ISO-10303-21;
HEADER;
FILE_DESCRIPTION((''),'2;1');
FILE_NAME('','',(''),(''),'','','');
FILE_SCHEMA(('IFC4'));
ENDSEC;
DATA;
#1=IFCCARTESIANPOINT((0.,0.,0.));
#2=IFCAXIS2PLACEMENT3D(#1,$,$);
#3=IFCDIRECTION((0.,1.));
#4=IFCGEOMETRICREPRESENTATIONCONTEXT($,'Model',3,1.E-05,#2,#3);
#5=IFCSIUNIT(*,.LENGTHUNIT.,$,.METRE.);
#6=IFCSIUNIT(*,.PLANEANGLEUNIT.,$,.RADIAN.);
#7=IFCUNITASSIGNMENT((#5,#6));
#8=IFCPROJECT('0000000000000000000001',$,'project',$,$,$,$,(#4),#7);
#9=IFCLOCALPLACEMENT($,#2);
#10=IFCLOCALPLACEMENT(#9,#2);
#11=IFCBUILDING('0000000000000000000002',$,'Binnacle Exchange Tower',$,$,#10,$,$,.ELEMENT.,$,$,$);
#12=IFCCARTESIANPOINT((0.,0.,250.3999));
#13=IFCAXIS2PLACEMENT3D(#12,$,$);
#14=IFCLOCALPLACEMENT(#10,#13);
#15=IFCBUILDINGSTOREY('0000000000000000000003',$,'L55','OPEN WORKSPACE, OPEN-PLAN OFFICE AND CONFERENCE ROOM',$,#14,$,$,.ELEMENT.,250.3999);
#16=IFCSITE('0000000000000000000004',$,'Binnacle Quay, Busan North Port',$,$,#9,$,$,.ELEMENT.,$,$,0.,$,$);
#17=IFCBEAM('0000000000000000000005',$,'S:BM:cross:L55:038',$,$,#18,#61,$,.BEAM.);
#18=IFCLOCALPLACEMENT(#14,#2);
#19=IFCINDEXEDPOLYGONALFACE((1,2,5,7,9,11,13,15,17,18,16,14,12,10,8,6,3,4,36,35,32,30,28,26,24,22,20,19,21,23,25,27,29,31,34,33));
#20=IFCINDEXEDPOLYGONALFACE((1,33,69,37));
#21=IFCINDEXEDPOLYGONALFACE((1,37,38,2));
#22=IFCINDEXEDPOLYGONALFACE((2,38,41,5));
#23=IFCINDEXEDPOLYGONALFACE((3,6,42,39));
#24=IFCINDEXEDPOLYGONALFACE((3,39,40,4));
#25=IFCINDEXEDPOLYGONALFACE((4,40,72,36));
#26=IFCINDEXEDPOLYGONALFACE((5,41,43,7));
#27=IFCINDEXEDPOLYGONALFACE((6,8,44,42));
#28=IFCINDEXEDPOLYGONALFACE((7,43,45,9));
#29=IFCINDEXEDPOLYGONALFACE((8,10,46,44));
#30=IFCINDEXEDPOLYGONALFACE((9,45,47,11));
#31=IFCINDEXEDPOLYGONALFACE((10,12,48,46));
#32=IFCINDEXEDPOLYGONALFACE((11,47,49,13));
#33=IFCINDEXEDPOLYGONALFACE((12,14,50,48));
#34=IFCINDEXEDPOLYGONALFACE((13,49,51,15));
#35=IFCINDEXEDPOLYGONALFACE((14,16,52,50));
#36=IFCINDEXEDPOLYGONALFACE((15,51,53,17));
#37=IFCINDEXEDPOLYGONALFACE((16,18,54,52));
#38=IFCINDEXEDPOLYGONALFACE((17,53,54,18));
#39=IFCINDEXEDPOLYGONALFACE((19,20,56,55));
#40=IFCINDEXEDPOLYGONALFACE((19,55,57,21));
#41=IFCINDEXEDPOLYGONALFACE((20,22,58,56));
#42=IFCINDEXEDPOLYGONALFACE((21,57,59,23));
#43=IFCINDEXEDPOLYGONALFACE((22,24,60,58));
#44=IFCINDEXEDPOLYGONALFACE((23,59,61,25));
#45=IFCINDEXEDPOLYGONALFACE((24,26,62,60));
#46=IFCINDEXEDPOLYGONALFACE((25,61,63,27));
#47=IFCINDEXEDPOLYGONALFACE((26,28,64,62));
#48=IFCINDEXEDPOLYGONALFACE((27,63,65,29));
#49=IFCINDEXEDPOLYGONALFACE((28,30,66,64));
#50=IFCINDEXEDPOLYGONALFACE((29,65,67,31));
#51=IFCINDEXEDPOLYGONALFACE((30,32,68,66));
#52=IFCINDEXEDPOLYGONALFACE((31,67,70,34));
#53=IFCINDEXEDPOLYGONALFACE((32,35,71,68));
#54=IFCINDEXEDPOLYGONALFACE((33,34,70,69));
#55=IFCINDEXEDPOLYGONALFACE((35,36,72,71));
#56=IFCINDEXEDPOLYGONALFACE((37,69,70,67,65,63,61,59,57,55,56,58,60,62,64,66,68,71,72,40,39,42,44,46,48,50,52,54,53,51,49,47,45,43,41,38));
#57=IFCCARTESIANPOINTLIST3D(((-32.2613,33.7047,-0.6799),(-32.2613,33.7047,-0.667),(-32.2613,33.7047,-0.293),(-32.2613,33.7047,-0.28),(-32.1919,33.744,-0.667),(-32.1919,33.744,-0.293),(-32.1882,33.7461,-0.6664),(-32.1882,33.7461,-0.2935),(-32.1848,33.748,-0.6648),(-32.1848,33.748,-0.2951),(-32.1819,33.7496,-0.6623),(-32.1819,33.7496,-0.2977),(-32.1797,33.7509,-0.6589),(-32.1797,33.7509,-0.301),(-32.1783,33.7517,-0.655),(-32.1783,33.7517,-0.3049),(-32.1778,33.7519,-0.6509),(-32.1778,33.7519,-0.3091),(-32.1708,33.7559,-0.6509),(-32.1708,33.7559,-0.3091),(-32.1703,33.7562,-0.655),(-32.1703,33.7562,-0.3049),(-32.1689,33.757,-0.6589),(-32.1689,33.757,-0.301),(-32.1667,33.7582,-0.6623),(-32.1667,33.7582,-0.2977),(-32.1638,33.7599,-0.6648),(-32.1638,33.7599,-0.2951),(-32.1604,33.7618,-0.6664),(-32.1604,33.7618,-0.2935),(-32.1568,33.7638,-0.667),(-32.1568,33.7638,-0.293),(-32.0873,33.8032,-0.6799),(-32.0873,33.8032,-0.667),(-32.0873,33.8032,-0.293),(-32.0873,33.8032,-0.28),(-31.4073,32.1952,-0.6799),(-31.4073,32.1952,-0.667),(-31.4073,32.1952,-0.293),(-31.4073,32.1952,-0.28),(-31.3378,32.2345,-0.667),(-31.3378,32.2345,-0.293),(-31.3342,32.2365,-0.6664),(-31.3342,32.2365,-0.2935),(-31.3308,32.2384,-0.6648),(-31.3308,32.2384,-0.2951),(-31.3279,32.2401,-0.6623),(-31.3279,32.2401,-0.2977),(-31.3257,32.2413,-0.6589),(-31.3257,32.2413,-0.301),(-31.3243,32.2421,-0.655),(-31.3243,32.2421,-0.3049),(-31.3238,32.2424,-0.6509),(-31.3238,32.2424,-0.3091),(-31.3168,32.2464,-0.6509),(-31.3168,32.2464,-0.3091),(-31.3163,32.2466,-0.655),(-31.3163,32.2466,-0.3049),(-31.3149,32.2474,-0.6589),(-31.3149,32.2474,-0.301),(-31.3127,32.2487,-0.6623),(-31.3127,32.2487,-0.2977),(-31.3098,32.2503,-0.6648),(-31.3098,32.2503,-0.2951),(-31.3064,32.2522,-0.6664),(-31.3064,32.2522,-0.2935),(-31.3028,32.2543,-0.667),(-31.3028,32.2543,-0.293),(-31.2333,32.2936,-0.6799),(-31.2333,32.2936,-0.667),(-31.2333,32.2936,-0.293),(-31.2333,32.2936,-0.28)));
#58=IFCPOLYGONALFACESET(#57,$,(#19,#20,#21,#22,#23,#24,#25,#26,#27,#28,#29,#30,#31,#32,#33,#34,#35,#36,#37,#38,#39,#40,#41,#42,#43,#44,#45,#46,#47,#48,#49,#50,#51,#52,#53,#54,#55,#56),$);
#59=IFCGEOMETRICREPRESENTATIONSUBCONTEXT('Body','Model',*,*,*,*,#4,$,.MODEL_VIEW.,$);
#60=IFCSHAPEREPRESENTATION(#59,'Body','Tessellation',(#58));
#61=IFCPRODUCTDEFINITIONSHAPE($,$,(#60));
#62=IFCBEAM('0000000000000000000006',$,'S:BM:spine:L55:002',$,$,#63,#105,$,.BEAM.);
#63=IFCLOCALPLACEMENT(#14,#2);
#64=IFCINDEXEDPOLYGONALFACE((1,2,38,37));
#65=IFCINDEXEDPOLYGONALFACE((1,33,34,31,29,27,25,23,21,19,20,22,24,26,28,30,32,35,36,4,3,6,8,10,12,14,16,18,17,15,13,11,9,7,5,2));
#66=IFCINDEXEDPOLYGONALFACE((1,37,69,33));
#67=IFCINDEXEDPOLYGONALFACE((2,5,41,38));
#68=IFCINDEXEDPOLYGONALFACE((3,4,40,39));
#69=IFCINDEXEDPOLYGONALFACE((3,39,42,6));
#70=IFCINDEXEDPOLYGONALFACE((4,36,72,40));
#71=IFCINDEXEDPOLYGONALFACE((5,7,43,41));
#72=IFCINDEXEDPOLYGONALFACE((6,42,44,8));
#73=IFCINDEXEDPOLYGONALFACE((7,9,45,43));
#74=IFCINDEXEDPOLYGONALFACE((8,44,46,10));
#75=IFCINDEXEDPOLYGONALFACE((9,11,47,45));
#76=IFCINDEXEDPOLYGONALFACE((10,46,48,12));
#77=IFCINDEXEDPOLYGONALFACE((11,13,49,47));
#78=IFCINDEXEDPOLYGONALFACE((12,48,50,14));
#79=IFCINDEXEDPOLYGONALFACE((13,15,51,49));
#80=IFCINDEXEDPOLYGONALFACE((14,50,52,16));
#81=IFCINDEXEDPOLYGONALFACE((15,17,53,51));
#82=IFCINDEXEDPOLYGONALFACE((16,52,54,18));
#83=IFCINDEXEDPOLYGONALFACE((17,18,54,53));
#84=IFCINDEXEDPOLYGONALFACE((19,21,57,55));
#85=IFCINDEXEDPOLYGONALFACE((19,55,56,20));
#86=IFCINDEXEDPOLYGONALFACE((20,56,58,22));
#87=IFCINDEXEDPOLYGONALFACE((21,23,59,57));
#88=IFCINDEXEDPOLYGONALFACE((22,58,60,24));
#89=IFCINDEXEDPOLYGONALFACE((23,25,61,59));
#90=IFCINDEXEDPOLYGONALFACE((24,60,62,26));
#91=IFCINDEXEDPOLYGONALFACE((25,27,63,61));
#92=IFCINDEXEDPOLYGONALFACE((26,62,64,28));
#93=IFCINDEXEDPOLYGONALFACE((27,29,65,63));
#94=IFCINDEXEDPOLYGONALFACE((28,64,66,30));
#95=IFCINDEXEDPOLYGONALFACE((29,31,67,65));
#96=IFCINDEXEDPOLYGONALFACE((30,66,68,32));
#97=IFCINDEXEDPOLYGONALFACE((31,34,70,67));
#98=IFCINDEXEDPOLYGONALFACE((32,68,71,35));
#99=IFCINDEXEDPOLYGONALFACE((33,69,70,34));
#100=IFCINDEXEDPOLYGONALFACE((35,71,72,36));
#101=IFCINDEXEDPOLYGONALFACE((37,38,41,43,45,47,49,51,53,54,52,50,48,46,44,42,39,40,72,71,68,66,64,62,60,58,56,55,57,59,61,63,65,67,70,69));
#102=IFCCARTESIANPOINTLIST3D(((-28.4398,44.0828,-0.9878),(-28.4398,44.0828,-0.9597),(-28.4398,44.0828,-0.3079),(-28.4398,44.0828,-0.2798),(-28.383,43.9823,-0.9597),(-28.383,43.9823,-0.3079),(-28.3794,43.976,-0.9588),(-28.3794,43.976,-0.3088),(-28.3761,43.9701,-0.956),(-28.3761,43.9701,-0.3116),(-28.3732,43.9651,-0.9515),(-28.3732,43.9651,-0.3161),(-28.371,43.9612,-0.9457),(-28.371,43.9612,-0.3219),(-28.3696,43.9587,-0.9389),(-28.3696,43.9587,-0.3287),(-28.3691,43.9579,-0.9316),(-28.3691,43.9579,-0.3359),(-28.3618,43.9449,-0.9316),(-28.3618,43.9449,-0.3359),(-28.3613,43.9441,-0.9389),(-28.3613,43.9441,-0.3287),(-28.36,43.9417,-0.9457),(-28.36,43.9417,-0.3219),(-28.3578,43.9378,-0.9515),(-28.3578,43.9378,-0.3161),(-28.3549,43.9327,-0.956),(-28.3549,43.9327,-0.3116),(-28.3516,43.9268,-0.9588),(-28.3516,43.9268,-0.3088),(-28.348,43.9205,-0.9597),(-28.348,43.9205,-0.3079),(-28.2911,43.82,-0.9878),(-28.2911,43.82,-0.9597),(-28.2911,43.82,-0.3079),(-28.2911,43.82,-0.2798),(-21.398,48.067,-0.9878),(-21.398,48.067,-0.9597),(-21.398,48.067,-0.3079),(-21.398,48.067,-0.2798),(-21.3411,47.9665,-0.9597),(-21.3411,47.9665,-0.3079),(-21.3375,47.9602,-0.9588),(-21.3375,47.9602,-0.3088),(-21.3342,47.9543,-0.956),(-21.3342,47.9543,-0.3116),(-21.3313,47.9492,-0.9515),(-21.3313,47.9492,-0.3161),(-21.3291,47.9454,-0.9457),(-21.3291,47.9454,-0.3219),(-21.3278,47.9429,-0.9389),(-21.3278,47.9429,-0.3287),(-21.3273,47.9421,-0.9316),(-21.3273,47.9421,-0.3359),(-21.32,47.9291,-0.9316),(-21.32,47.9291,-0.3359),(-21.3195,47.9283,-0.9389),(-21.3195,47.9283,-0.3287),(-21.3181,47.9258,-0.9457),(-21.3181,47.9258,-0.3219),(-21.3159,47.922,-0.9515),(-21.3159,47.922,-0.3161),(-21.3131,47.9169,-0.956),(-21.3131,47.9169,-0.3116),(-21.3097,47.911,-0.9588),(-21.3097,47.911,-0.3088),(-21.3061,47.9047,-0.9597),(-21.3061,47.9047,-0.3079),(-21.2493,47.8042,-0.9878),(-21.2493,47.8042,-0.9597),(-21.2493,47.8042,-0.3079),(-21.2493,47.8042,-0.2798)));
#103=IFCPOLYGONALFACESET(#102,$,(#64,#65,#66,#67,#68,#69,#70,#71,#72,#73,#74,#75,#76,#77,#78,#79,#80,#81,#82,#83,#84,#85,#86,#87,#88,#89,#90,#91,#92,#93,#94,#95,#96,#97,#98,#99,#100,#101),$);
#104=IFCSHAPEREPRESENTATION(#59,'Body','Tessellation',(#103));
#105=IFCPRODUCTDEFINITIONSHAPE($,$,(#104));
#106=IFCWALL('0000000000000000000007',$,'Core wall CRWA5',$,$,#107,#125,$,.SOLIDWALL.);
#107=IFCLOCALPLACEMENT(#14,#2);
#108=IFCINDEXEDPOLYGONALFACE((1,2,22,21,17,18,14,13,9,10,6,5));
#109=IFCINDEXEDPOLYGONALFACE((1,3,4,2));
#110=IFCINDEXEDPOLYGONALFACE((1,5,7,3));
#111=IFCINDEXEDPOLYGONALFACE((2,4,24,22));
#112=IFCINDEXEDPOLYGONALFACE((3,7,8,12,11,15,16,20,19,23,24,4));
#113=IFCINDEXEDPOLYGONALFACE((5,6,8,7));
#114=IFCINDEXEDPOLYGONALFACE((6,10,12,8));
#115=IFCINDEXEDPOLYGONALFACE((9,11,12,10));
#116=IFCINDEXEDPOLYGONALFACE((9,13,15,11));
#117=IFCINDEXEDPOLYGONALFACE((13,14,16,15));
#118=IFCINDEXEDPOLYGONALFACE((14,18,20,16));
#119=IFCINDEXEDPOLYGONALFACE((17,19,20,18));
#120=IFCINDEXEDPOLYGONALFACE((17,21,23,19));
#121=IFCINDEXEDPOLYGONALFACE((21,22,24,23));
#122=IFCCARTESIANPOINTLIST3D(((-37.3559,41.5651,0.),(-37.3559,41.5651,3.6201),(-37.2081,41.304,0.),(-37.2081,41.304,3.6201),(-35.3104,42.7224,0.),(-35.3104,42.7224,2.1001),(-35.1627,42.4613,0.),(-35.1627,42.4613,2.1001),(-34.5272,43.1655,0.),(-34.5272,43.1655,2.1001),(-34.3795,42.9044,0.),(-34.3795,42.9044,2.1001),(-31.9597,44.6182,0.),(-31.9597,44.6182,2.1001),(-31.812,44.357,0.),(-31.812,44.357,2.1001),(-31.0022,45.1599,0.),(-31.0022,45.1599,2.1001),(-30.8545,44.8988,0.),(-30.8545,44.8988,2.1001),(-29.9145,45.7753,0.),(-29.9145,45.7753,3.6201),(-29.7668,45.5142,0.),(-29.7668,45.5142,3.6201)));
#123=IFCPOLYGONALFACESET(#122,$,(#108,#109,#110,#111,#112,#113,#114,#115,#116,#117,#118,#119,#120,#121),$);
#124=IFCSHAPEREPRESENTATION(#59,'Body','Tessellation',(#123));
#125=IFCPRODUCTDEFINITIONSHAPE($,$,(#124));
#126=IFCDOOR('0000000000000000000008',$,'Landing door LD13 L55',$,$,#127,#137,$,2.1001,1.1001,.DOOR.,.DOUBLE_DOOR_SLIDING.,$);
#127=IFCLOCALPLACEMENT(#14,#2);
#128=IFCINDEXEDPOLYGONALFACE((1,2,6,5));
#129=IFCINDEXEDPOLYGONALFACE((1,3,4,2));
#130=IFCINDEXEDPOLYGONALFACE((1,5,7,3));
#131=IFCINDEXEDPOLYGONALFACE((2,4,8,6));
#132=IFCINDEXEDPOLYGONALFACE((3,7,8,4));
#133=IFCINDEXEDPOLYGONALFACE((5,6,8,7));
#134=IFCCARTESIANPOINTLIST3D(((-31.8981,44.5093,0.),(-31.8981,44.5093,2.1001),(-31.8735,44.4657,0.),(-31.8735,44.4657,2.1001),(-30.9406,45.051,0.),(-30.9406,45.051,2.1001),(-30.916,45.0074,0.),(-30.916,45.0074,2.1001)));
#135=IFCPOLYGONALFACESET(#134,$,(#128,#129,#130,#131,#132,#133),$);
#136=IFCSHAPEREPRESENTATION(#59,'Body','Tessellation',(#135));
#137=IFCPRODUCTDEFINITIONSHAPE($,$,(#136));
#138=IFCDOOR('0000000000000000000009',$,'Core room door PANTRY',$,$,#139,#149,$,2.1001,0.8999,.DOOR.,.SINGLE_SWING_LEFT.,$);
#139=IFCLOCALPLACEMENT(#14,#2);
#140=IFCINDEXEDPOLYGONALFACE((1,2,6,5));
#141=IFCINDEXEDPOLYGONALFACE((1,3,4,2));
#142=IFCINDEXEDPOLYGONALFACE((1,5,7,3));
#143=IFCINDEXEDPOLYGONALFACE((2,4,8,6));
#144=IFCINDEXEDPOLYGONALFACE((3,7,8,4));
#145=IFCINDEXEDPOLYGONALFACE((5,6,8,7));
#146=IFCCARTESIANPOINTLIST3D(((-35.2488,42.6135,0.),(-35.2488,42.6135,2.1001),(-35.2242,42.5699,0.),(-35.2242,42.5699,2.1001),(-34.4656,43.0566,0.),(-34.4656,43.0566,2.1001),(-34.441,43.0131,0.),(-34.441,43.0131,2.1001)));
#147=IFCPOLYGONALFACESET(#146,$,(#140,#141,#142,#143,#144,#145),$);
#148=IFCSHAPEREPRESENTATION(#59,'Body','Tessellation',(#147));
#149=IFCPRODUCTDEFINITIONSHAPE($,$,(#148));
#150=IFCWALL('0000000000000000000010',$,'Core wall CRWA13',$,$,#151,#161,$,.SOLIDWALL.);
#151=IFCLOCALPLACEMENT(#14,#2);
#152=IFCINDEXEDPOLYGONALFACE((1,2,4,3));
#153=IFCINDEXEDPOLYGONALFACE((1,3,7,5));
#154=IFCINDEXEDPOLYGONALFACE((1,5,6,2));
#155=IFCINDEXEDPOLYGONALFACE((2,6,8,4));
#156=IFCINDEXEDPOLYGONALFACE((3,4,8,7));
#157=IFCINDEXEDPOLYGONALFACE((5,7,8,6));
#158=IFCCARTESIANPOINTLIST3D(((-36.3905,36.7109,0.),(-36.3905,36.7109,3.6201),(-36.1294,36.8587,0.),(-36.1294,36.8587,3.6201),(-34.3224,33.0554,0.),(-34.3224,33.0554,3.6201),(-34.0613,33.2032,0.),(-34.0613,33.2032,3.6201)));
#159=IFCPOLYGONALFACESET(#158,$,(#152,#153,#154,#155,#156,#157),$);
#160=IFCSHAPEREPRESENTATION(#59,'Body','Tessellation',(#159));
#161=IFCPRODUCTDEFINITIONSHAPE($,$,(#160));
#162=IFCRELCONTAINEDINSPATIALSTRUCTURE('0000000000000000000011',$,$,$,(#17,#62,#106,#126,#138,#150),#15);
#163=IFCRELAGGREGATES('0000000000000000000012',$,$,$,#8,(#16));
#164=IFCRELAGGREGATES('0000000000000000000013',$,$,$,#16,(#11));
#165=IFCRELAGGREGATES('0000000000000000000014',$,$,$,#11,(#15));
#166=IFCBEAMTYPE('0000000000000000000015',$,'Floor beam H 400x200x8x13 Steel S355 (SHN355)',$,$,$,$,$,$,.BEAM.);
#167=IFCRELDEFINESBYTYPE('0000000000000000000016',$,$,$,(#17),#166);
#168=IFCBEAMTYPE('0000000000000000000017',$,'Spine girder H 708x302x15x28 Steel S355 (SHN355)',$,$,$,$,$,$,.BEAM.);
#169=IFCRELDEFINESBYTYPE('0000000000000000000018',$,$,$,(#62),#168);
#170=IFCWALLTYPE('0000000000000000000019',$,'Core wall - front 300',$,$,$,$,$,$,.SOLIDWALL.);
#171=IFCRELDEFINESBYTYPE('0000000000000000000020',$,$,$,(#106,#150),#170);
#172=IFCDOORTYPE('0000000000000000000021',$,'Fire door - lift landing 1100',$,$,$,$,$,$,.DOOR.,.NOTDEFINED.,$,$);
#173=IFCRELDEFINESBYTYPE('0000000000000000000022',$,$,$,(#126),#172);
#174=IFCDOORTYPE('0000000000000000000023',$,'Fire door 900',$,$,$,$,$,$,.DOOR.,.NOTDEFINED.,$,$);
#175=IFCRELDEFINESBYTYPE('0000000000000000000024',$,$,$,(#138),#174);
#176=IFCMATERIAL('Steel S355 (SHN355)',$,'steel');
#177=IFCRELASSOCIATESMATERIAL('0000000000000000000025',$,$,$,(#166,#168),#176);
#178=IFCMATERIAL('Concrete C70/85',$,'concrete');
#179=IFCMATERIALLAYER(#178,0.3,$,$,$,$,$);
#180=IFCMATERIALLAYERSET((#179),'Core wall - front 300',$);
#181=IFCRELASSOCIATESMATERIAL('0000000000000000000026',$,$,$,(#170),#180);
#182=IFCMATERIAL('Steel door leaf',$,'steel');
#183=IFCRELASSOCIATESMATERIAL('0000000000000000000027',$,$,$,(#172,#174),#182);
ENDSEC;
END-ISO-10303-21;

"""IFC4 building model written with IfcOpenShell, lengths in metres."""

from ifc_helpers import new_model, si_unit, direction, frame, frame_2d, origin, origin_2d, place, context, subcontext, project, spatial, rectangle, i_section, extrude, material, layer, layer_set, material_profile, profile_set, type_object, element, fill, save


model = new_model("IFC4")

# Units and contexts
model_context = context("Model", 3, precision=1e-05, world=origin(), true_north=direction((0.0, 1.0)))
body_context = subcontext(model_context, "Body", "Model", "MODEL_VIEW")
ifc_project = project(units=[si_unit("LENGTHUNIT", "METRE"), si_unit("PLANEANGLEUNIT", "RADIAN")], contexts=[model_context])

# Site, building, storey
site_placement = place(None, origin())
site = spatial("IfcSite", under=ifc_project, at=site_placement, Name="Binnacle Quay, Busan North Port", CompositionType="ELEMENT", RefElevation=0.0)
building_placement = place(site_placement, origin())
building = spatial("IfcBuilding", under=site, at=building_placement, Name="Binnacle Exchange Tower", CompositionType="ELEMENT")
storey_placement = place(building_placement, frame((0.0, 0.0, 250.3999)))
storey = spatial("IfcBuildingStorey", under=building, at=storey_placement, Name="L55", Description="OPEN WORKSPACE, OPEN-PLAN OFFICE AND CONFERENCE ROOM", CompositionType="ELEMENT", Elevation=250.3999)

# Beams
ifc_material_1 = material(Name="Steel S355 (SHN355)", Category="steel")
ifc_material_profile_1 = material_profile(ifc_material_1, i_section(OverallWidth=0.2, OverallDepth=0.3999, WebThickness=0.0081, FlangeThickness=0.0129, FilletRadius=0.0161, at=origin_2d()), Name="H 400x200x8x13")
ifc_profile_set_1 = profile_set([ifc_material_profile_1], Name="Steel S355 (SHN355)")
beam_type_1 = type_object("IfcBeamType", Name="Floor beam H 400x200x8x13 Steel S355 (SHN355)", PredefinedType="BEAM", material=ifc_profile_set_1)
beam_1_placement = place(storey_placement, frame((-31.3203, 32.2444, -0.48), z_axis=(-0.492405, 0.870366, 0.0), x_axis=(-0.870366, -0.492405, 0.0)))
element("IfcBeam", 1, at=beam_1_placement, inside=storey, type_object=beam_type_1, Name="S:BM:cross:L55:038", PredefinedType="BEAM", context=body_context, shape_type="SweptSolid", body=[
    extrude(i_section(OverallWidth=0.2, OverallDepth=0.3999, WebThickness=0.0081, FlangeThickness=0.0129, FilletRadius=0.0161, at=origin_2d()), origin(), (0.0, 0.0, 1.0), 1.7344),
])
ifc_material_profile_2 = material_profile(ifc_material_1, i_section(OverallWidth=0.302, OverallDepth=0.708, WebThickness=0.0149, FlangeThickness=0.0281, FilletRadius=0.0281, at=origin_2d()), Name="H 708x302x15x28")
ifc_profile_set_2 = profile_set([ifc_material_profile_2], Name="Steel S355 (SHN355)")
beam_type_2 = type_object("IfcBeamType", Name="Spine girder H 708x302x15x28 Steel S355 (SHN355)", PredefinedType="BEAM", material=ifc_profile_set_2)
beam_2_placement = place(storey_placement, frame((-28.3655, 43.9514, -0.6338), z_axis=(0.87035, 0.492433, 0.0), x_axis=(-0.492433, 0.87035, 0.0)))
element("IfcBeam", 2, at=beam_2_placement, inside=storey, type_object=beam_type_2, Name="S:BM:spine:L55:002", PredefinedType="BEAM", context=body_context, shape_type="SweptSolid", body=[
    extrude(i_section(OverallWidth=0.302, OverallDepth=0.708, WebThickness=0.0149, FlangeThickness=0.0281, FilletRadius=0.0281, at=origin_2d()), origin(), (0.0, 0.0, 1.0), 8.0908),
])

# Wall, openings, doors
ifc_material_2 = material(Name="Concrete C70/85", Category="concrete")
ifc_layer_1 = layer(ifc_material_2, 0.3)
ifc_layer_set_1 = layer_set([ifc_layer_1], Name="Core wall - front 300")
wall_type_1 = type_object("IfcWallType", Name="Core wall - front 300", PredefinedType="SOLIDWALL", material=ifc_layer_set_1)
wall_1_placement = place(storey_placement, frame((-37.282, 41.4346, 0.0), z_axis=(0.0, 0.0, 1.0), x_axis=(0.870353, 0.492429, 0.0)))
wall_1 = element("IfcWall", 3, at=wall_1_placement, inside=storey, type_object=wall_type_1, Name="Core wall CRWA5", PredefinedType="SOLIDWALL", context=body_context, shape_type="SweptSolid", body=[
    extrude(rectangle(XDim=8.5498, YDim=0.3, at=frame_2d((4.2749, 0.0))), origin(), (0.0, 0.0, 1.0), 3.6201),
])
opening_1_placement = place(wall_1_placement, frame((6.2, 0.0, 0.0)))
opening_1 = element("IfcOpeningElement", 4, at=opening_1_placement, cuts=wall_1, PredefinedType="OPENING", context=body_context, shape_type="SweptSolid", body=[
    extrude(rectangle(XDim=1.1001, YDim=2.1001, at=frame_2d((0.55, 1.05))), frame((0.0, 0.1599, 0.0), z_axis=(0.0, -1.0, 0.0), x_axis=(1.0, 0.0, 0.0)), (0.0, 0.0, 1.0), 0.3201),
])
opening_2_placement = place(wall_1_placement, frame((2.3501, 0.0, 0.0)))
opening_2 = element("IfcOpeningElement", 5, at=opening_2_placement, cuts=wall_1, PredefinedType="OPENING", context=body_context, shape_type="SweptSolid", body=[
    extrude(rectangle(XDim=0.8999, YDim=2.1001, at=frame_2d((0.45, 1.05))), frame((0.0, 0.1599, 0.0), z_axis=(0.0, -1.0, 0.0), x_axis=(1.0, 0.0, 0.0)), (0.0, 0.0, 1.0), 0.3201),
])
ifc_material_3 = material(Name="Steel door leaf", Category="steel")
door_type_1 = type_object("IfcDoorType", Name="Fire door - lift landing 1100", OperationType="NOTDEFINED", PredefinedType="DOOR", material=ifc_material_3)
door_1_placement = place(opening_1_placement, origin())
door_1 = element("IfcDoor", 6, at=door_1_placement, inside=storey, type_object=door_type_1, Name="Landing door LD13 L55", OperationType="DOUBLE_DOOR_SLIDING", OverallHeight=2.1001, OverallWidth=1.1001, PredefinedType="DOOR", context=body_context, shape_type="SweptSolid", body=[
    extrude(rectangle(XDim=1.1001, YDim=2.1001, at=frame_2d((0.55, 1.05))), frame((0.0, 0.0249, 0.0), z_axis=(0.0, -1.0, 0.0), x_axis=(1.0, 0.0, 0.0)), (0.0, 0.0, 1.0), 0.05),
])
fill(opening_1, door_1)
door_type_2 = type_object("IfcDoorType", Name="Fire door 900", OperationType="NOTDEFINED", PredefinedType="DOOR", material=ifc_material_3)
door_2_placement = place(opening_2_placement, origin())
door_2 = element("IfcDoor", 7, at=door_2_placement, inside=storey, type_object=door_type_2, Name="Core room door PANTRY", OperationType="SINGLE_SWING_LEFT", OverallHeight=2.1001, OverallWidth=0.8999, PredefinedType="DOOR", context=body_context, shape_type="SweptSolid", body=[
    extrude(rectangle(XDim=0.8999, YDim=2.1001, at=frame_2d((0.45, 1.05))), frame((0.0, 0.0249, 0.0), z_axis=(0.0, -1.0, 0.0), x_axis=(1.0, 0.0, 0.0)), (0.0, 0.0, 1.0), 0.05),
])
fill(opening_2, door_2)

# Wall
wall_2_placement = place(storey_placement, frame((-36.26, 36.7849, 0.0), z_axis=(0.0, 0.0, 1.0), x_axis=(0.49241, -0.870364, 0.0)))
element("IfcWall", 8, at=wall_2_placement, inside=storey, type_object=wall_type_1, Name="Core wall CRWA13", PredefinedType="SOLIDWALL", context=body_context, shape_type="SweptSolid", body=[
    extrude(rectangle(XDim=4.2, YDim=0.3, at=frame_2d((2.1001, 0.0))), origin(), (0.0, 0.0, 1.0), 3.6201),
])

save(model, "model.ifc")
